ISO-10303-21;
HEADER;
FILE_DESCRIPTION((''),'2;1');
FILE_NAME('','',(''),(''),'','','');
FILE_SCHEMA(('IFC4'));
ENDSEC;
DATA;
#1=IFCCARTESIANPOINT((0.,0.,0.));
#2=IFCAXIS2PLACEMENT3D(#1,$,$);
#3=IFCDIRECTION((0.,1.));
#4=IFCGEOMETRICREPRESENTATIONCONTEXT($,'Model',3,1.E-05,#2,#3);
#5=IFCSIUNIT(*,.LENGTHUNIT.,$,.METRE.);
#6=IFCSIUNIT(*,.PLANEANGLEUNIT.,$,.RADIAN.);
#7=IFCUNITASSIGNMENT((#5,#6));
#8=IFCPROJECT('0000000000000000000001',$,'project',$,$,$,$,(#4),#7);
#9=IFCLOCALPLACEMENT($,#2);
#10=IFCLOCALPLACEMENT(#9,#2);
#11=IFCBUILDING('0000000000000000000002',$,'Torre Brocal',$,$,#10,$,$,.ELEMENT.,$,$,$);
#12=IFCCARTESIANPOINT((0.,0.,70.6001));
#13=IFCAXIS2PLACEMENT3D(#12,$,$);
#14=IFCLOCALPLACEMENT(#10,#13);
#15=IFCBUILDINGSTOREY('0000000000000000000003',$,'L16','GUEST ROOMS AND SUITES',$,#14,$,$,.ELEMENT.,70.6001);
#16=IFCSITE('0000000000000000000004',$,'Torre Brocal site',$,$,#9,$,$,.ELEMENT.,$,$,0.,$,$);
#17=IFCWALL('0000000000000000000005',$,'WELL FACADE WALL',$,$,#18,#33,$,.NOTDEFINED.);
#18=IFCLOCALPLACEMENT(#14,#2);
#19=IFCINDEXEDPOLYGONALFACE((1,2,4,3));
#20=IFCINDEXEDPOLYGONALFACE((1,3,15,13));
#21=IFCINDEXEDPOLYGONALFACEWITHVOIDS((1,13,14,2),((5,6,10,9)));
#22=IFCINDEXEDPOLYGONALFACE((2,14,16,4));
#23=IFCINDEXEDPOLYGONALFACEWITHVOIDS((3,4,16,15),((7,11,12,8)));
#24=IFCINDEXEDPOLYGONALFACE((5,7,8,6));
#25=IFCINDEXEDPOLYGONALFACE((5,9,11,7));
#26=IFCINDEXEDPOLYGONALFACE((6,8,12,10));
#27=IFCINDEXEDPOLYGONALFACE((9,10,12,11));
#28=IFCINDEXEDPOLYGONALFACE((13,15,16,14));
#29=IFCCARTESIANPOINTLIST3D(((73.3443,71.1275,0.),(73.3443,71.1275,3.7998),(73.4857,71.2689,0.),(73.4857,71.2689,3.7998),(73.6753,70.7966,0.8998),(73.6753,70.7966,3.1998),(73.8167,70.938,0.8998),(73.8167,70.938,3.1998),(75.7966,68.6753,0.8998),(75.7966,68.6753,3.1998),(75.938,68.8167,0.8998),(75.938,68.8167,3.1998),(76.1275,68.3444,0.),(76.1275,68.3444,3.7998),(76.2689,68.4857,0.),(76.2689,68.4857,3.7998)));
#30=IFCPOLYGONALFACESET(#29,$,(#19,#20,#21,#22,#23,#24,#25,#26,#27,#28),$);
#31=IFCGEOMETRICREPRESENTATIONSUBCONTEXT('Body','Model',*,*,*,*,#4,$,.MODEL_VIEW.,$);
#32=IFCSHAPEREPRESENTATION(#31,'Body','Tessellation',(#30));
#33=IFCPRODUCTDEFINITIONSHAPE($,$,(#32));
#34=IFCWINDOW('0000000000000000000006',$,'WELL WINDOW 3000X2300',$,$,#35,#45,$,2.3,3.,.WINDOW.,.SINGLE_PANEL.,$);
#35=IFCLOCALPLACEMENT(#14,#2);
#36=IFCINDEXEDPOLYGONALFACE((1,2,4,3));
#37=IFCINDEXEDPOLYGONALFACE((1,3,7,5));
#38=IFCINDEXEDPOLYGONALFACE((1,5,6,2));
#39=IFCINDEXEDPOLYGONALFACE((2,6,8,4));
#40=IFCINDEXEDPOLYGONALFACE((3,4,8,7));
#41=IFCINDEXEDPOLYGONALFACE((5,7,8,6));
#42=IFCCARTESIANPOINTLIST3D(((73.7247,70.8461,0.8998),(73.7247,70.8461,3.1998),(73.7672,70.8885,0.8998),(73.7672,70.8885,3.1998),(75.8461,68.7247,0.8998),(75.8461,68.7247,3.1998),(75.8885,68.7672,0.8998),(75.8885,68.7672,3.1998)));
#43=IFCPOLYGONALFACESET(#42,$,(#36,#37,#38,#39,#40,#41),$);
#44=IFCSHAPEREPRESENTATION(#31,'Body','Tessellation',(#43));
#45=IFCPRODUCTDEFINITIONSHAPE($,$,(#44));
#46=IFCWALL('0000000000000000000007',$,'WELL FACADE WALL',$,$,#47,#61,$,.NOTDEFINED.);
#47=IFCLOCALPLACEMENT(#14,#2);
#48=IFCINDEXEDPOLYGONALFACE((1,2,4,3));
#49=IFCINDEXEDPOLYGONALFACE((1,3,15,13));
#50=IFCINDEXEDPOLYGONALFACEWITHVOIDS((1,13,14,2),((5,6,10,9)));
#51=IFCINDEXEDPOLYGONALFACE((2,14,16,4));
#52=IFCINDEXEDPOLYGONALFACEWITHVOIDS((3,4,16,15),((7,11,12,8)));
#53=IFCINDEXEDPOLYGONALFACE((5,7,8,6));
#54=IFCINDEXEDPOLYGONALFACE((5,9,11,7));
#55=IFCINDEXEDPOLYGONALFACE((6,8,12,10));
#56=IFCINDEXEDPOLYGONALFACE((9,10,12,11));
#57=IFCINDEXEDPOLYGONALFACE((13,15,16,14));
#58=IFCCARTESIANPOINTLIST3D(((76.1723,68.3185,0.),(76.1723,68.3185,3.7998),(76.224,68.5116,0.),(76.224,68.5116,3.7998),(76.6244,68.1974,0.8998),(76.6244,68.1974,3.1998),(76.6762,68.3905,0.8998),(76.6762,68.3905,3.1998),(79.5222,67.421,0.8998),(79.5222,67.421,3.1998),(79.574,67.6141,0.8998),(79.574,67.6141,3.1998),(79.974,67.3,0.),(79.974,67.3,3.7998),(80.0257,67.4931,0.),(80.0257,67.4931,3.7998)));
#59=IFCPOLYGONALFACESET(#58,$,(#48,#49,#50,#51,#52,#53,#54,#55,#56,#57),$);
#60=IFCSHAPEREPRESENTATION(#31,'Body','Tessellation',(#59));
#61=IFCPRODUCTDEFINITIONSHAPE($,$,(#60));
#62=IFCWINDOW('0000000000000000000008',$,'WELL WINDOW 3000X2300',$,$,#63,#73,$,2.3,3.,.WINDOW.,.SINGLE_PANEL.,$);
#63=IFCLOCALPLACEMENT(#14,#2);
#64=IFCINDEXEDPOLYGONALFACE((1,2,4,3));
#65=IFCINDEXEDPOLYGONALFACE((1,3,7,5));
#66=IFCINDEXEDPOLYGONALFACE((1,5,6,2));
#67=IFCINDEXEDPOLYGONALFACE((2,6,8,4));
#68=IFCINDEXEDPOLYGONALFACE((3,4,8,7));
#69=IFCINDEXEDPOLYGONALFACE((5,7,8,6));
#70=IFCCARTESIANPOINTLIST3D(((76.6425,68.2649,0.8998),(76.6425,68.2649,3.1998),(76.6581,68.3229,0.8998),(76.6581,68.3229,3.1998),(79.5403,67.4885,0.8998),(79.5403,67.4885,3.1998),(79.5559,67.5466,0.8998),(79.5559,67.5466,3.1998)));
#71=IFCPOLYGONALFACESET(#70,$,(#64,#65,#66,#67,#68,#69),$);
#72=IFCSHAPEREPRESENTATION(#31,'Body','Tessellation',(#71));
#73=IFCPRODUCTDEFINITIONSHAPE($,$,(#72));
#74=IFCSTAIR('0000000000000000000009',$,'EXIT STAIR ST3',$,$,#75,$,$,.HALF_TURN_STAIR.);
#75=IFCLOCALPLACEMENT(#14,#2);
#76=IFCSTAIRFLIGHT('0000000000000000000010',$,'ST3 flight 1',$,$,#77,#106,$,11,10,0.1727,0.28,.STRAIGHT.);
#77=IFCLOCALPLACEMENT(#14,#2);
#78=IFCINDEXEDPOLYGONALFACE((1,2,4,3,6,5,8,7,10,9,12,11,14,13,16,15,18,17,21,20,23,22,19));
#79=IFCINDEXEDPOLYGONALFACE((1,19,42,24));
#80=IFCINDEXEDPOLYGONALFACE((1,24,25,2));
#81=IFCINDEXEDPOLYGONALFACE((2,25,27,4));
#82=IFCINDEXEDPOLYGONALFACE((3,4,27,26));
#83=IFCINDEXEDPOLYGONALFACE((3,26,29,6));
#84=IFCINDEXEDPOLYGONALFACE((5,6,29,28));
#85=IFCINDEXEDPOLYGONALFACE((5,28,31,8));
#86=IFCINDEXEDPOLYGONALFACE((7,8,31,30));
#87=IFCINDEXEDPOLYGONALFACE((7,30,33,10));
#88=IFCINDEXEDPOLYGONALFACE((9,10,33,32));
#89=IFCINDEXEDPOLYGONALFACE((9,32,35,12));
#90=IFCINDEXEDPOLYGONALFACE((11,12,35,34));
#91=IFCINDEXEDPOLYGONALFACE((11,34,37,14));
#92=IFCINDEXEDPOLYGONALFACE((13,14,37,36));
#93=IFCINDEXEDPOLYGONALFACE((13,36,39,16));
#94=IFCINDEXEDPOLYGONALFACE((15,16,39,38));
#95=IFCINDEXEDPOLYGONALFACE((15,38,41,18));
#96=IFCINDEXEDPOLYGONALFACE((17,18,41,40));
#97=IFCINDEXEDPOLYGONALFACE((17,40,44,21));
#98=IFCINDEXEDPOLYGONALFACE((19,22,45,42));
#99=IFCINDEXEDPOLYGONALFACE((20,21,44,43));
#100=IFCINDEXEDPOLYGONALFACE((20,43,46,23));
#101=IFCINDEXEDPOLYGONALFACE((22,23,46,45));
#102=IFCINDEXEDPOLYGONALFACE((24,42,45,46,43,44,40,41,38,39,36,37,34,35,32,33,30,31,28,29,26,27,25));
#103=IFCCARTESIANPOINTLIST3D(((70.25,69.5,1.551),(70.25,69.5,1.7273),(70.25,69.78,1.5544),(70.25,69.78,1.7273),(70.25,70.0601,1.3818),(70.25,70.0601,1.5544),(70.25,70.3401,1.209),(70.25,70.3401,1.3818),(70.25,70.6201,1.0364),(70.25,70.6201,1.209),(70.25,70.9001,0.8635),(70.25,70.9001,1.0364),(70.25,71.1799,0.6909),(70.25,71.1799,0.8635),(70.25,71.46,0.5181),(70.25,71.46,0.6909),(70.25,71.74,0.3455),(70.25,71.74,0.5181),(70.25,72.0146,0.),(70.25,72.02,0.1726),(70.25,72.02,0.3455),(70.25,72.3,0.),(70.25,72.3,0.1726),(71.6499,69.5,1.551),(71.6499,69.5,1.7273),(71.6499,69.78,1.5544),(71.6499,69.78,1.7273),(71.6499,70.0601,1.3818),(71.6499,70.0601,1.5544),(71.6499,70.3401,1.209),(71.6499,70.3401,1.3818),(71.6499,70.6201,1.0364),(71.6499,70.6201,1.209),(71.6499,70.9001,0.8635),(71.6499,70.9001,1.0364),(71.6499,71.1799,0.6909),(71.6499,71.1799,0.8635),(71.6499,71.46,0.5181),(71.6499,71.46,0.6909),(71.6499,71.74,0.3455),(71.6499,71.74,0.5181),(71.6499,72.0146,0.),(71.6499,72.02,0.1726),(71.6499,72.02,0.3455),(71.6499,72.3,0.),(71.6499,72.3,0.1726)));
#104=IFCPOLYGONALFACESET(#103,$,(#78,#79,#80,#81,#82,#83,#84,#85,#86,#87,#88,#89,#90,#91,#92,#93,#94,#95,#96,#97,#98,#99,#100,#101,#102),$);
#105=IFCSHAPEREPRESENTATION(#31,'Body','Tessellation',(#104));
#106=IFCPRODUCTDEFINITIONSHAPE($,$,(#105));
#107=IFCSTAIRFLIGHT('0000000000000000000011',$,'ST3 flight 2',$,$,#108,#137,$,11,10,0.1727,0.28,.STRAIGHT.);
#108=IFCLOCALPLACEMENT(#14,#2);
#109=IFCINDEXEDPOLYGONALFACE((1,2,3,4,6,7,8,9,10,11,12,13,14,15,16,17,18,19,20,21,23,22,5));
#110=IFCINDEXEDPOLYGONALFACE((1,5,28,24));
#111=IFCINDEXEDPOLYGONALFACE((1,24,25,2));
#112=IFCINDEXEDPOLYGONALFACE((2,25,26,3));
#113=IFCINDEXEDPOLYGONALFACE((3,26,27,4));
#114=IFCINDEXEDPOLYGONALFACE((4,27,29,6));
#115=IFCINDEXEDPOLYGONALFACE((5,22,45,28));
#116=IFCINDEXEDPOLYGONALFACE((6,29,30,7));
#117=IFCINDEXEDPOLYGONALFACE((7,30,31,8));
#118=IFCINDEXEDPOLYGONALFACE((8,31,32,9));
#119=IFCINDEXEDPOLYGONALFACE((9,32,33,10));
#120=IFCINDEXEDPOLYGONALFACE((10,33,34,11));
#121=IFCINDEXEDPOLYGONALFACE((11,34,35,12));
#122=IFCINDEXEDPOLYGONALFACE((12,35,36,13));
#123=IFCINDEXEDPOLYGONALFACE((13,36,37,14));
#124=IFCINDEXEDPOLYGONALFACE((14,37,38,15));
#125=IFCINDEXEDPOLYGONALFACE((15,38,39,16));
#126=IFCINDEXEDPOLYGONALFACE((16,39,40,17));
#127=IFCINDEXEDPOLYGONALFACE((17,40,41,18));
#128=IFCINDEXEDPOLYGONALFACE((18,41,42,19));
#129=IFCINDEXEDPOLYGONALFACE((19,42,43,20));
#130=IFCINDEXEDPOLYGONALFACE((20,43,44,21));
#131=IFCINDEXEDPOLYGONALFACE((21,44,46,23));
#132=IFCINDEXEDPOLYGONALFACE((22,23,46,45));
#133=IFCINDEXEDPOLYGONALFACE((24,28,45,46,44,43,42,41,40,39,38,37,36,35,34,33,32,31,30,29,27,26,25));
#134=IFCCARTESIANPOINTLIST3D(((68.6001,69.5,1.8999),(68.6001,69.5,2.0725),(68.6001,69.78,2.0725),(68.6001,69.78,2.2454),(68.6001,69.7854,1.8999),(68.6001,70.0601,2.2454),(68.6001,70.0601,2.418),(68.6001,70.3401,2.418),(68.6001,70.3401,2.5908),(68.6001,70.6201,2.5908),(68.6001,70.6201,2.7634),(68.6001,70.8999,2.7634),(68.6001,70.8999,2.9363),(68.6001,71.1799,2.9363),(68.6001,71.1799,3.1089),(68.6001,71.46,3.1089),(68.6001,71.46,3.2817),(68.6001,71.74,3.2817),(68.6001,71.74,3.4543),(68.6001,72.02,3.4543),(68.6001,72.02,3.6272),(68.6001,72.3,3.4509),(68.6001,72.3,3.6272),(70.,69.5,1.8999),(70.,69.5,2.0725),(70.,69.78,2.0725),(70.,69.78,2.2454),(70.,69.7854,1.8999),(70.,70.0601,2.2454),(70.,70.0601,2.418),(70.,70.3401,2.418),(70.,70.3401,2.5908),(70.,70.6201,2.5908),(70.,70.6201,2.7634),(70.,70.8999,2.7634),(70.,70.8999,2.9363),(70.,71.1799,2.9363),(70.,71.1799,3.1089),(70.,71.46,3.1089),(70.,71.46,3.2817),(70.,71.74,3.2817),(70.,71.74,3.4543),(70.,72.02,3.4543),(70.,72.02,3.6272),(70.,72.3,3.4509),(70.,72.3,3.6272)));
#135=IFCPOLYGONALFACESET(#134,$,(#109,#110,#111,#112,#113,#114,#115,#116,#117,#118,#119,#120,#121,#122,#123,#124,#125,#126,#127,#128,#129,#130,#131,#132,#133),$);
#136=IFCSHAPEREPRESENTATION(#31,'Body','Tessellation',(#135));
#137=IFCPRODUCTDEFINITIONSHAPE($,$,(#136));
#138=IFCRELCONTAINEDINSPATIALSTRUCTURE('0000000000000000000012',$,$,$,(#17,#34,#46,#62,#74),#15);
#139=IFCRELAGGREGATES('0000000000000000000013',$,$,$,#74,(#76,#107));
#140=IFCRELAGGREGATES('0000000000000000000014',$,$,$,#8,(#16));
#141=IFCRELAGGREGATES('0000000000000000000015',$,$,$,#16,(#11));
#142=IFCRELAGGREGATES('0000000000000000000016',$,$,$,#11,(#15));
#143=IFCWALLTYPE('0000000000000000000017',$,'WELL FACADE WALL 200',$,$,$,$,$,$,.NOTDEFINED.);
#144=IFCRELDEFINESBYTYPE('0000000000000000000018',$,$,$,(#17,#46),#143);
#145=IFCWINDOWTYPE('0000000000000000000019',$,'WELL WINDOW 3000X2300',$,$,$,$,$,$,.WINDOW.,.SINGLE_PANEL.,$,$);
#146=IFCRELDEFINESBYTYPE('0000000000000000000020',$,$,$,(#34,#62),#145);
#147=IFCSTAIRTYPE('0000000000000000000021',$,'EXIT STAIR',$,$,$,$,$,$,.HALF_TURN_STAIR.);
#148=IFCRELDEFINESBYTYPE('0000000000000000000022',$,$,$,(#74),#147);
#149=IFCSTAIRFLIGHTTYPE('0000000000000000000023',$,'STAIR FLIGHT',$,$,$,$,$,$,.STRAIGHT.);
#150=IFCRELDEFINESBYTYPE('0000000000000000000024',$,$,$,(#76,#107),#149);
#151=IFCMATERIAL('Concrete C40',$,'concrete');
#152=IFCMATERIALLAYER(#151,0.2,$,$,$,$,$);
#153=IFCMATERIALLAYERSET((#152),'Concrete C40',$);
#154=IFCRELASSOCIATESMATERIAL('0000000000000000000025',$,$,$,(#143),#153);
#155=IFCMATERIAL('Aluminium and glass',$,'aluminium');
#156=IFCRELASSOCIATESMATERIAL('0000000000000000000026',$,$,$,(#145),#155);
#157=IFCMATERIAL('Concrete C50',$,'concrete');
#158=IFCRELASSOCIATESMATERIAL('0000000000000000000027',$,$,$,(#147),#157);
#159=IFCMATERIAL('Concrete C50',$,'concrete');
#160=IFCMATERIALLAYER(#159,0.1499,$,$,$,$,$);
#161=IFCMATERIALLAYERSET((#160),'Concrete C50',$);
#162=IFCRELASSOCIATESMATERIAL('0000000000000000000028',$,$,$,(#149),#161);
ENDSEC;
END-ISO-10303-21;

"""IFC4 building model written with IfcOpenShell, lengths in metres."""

from ifc_helpers import new_model, si_unit, direction, frame, frame_2d, origin, place, context, subcontext, project, spatial, polyline, rectangle, outline, extrude, material, layer, layer_set, type_object, element, fill, aggregate, save


model = new_model("IFC4")

# Units and contexts
model_context = context("Model", 3, precision=1e-05, world=origin(), true_north=direction((0.0, 1.0)))
body_context = subcontext(model_context, "Body", "Model", "MODEL_VIEW")
ifc_project = project(units=[si_unit("LENGTHUNIT", "METRE"), si_unit("PLANEANGLEUNIT", "RADIAN")], contexts=[model_context])

# Site, building, storey
site_placement = place(None, origin())
site = spatial("IfcSite", under=ifc_project, at=site_placement, Name="Torre Brocal site", CompositionType="ELEMENT", RefElevation=0.0)
building_placement = place(site_placement, origin())
building = spatial("IfcBuilding", under=site, at=building_placement, Name="Torre Brocal", CompositionType="ELEMENT")
storey_placement = place(building_placement, frame((0.0, 0.0, 70.6001)))
storey = spatial("IfcBuildingStorey", under=building, at=storey_placement, Name="L16", Description="GUEST ROOMS AND SUITES", CompositionType="ELEMENT", Elevation=70.6001)

# Walls, openings, windows
ifc_material_1 = material(Name="Concrete C40", Category="concrete")
ifc_layer_1 = layer(ifc_material_1, 0.2)
ifc_layer_set_1 = layer_set([ifc_layer_1], Name="Concrete C40")
wall_type_1 = type_object("IfcWallType", Name="WELL FACADE WALL 200", PredefinedType="NOTDEFINED", material=ifc_layer_set_1)
wall_1_placement = place(storey_placement, frame((73.415, 71.1982, 0.0), z_axis=(0.0, 0.0, 1.0), x_axis=(0.707107, -0.707107, 0.0)))
wall_1 = element("IfcWall", 1, at=wall_1_placement, inside=storey, type_object=wall_type_1, Name="WELL FACADE WALL", PredefinedType="NOTDEFINED", context=body_context, shape_type="SweptSolid", body=[
    extrude(rectangle(XDim=3.936, YDim=0.2, at=frame_2d((1.968, 0.0))), origin(), (0.0, 0.0, 1.0), 3.7998),
])
opening_1_placement = place(wall_1_placement, frame((0.468, 0.0, 0.8999)))
opening_1 = element("IfcOpeningElement", 2, at=opening_1_placement, cuts=wall_1, PredefinedType="OPENING", context=body_context, shape_type="SweptSolid", body=[
    extrude(rectangle(XDim=3.0, YDim=2.3, at=frame_2d((1.5, 1.1499))), frame((0.0, 0.1099, 0.0), z_axis=(0.0, -1.0, 0.0), x_axis=(1.0, 0.0, 0.0)), (0.0, 0.0, 1.0), 0.22),
])
ifc_material_2 = material(Name="Aluminium and glass", Category="aluminium")
window_type = type_object("IfcWindowType", Name="WELL WINDOW 3000X2300", PartitioningType="SINGLE_PANEL", PredefinedType="WINDOW", material=ifc_material_2)
window_1_placement = place(opening_1_placement, origin())
window_1 = element("IfcWindow", 3, at=window_1_placement, inside=storey, type_object=window_type, Name="WELL WINDOW 3000X2300", OverallHeight=2.3, OverallWidth=3.0, PartitioningType="SINGLE_PANEL", PredefinedType="WINDOW", context=body_context, shape_type="SweptSolid", body=[
    extrude(rectangle(XDim=3.0, YDim=2.3, at=frame_2d((1.5, 1.1499))), frame((0.0, 0.03, 0.0), z_axis=(0.0, -1.0, 0.0), x_axis=(1.0, 0.0, 0.0)), (0.0, 0.0, 1.0), 0.0601),
])
fill(opening_1, window_1)
wall_2_placement = place(storey_placement, frame((76.1982, 68.415, 0.0), z_axis=(0.0, 0.0, 1.0), x_axis=(0.965934, -0.25879, 0.0)))
wall_2 = element("IfcWall", 4, at=wall_2_placement, inside=storey, type_object=wall_type_1, Name="WELL FACADE WALL", PredefinedType="NOTDEFINED", context=body_context, shape_type="SweptSolid", body=[
    extrude(rectangle(XDim=3.9358, YDim=0.2, at=frame_2d((1.9678, 0.0))), origin(), (0.0, 0.0, 1.0), 3.7998),
])
opening_2_placement = place(wall_2_placement, frame((0.468, 0.0, 0.8999)))
opening_2 = element("IfcOpeningElement", 5, at=opening_2_placement, cuts=wall_2, PredefinedType="OPENING", context=body_context, shape_type="SweptSolid", body=[
    extrude(rectangle(XDim=3.0, YDim=2.3, at=frame_2d((1.5, 1.1499))), frame((0.0, 0.1099, 0.0), z_axis=(0.0, -1.0, 0.0), x_axis=(1.0, 0.0, 0.0)), (0.0, 0.0, 1.0), 0.22),
])
window_2_placement = place(opening_2_placement, origin())
window_2 = element("IfcWindow", 6, at=window_2_placement, inside=storey, type_object=window_type, Name="WELL WINDOW 3000X2300", OverallHeight=2.3, OverallWidth=3.0, PartitioningType="SINGLE_PANEL", PredefinedType="WINDOW", context=body_context, shape_type="SweptSolid", body=[
    extrude(rectangle(XDim=3.0, YDim=2.3, at=frame_2d((1.5, 1.1499))), frame((0.0, 0.03, 0.0), z_axis=(0.0, -1.0, 0.0), x_axis=(1.0, 0.0, 0.0)), (0.0, 0.0, 1.0), 0.0601),
])
fill(opening_2, window_2)

# Stair, stair flights
ifc_material_3 = material(Name="Concrete C50", Category="concrete")
stair_type = type_object("IfcStairType", Name="EXIT STAIR", PredefinedType="HALF_TURN_STAIR", material=ifc_material_3)
stair_placement = place(storey_placement, origin())
stair = element("IfcStair", 7, at=stair_placement, inside=storey, type_object=stair_type, Name="EXIT STAIR ST3", PredefinedType="HALF_TURN_STAIR")
ifc_material_4 = material(Name="Concrete C50", Category="concrete")
ifc_layer_2 = layer(ifc_material_4, 0.1499)
ifc_layer_set_2 = layer_set([ifc_layer_2], Name="Concrete C50")
stair_flight_type = type_object("IfcStairFlightType", Name="STAIR FLIGHT", PredefinedType="STRAIGHT", material=ifc_layer_set_2)
stair_flight_1_placement = place(storey_placement, frame((70.95, 72.3, 0.0), z_axis=(0.0, 0.0, 1.0), x_axis=(0.0, -1.0, 0.0)))
stair_flight_1 = element("IfcStairFlight", 8, at=stair_flight_1_placement, type_object=stair_flight_type, Name="ST3 flight 1", NumberOfRisers=11, NumberOfTreads=10, PredefinedType="STRAIGHT", RiserHeight=0.1727, TreadLength=0.28, context=body_context, shape_type="SweptSolid", body=[
    extrude(outline(polyline([(0.0, 0.0), (0.0, 0.1726), (0.28, 0.1726), (0.28, 0.3455), (0.5601, 0.3455), (0.5601, 0.5181), (0.8401, 0.5181), (0.8401, 0.6909), (1.1201, 0.6909), (1.1201, 0.8635), (1.3999, 0.8635), (1.3999, 1.0364), (1.6799, 1.0364), (1.6799, 1.209), (1.96, 1.209), (1.96, 1.3818), (2.24, 1.3818), (2.24, 1.5544), (2.52, 1.5544), (2.52, 1.7273), (2.8, 1.7273), (2.8, 1.8999), (2.8, 1.551), (0.2854, 0.0), (0.0, 0.0)])), frame((0.0, 0.7, 0.0), z_axis=(0.0, -1.0, 0.0), x_axis=(1.0, 0.0, 0.0)), (0.0, 0.0, 1.0), 1.3999),
])
stair_flight_2_placement = place(storey_placement, frame((69.3, 69.5, 1.8999), z_axis=(0.0, 0.0, 1.0), x_axis=(0.0, 1.0, 0.0)))
stair_flight_2 = element("IfcStairFlight", 9, at=stair_flight_2_placement, type_object=stair_flight_type, Name="ST3 flight 2", NumberOfRisers=11, NumberOfTreads=10, PredefinedType="STRAIGHT", RiserHeight=0.1727, TreadLength=0.28, context=body_context, shape_type="SweptSolid", body=[
    extrude(outline(polyline([(0.0, 0.0), (0.0, 0.1726), (0.28, 0.1726), (0.28, 0.3455), (0.5601, 0.3455), (0.5601, 0.5181), (0.8401, 0.5181), (0.8401, 0.6909), (1.1201, 0.6909), (1.1201, 0.8635), (1.3999, 0.8635), (1.3999, 1.0364), (1.6799, 1.0364), (1.6799, 1.209), (1.96, 1.209), (1.96, 1.3818), (2.24, 1.3818), (2.24, 1.5544), (2.52, 1.5544), (2.52, 1.7273), (2.8, 1.7273), (2.8, 1.8999), (2.8, 1.551), (0.2854, 0.0), (0.0, 0.0)])), frame((0.0, 0.7, 0.0), z_axis=(0.0, -1.0, 0.0), x_axis=(1.0, 0.0, 0.0)), (0.0, 0.0, 1.0), 1.3999),
])
aggregate(stair, [stair_flight_1, stair_flight_2])

save(model, "model.ifc")
